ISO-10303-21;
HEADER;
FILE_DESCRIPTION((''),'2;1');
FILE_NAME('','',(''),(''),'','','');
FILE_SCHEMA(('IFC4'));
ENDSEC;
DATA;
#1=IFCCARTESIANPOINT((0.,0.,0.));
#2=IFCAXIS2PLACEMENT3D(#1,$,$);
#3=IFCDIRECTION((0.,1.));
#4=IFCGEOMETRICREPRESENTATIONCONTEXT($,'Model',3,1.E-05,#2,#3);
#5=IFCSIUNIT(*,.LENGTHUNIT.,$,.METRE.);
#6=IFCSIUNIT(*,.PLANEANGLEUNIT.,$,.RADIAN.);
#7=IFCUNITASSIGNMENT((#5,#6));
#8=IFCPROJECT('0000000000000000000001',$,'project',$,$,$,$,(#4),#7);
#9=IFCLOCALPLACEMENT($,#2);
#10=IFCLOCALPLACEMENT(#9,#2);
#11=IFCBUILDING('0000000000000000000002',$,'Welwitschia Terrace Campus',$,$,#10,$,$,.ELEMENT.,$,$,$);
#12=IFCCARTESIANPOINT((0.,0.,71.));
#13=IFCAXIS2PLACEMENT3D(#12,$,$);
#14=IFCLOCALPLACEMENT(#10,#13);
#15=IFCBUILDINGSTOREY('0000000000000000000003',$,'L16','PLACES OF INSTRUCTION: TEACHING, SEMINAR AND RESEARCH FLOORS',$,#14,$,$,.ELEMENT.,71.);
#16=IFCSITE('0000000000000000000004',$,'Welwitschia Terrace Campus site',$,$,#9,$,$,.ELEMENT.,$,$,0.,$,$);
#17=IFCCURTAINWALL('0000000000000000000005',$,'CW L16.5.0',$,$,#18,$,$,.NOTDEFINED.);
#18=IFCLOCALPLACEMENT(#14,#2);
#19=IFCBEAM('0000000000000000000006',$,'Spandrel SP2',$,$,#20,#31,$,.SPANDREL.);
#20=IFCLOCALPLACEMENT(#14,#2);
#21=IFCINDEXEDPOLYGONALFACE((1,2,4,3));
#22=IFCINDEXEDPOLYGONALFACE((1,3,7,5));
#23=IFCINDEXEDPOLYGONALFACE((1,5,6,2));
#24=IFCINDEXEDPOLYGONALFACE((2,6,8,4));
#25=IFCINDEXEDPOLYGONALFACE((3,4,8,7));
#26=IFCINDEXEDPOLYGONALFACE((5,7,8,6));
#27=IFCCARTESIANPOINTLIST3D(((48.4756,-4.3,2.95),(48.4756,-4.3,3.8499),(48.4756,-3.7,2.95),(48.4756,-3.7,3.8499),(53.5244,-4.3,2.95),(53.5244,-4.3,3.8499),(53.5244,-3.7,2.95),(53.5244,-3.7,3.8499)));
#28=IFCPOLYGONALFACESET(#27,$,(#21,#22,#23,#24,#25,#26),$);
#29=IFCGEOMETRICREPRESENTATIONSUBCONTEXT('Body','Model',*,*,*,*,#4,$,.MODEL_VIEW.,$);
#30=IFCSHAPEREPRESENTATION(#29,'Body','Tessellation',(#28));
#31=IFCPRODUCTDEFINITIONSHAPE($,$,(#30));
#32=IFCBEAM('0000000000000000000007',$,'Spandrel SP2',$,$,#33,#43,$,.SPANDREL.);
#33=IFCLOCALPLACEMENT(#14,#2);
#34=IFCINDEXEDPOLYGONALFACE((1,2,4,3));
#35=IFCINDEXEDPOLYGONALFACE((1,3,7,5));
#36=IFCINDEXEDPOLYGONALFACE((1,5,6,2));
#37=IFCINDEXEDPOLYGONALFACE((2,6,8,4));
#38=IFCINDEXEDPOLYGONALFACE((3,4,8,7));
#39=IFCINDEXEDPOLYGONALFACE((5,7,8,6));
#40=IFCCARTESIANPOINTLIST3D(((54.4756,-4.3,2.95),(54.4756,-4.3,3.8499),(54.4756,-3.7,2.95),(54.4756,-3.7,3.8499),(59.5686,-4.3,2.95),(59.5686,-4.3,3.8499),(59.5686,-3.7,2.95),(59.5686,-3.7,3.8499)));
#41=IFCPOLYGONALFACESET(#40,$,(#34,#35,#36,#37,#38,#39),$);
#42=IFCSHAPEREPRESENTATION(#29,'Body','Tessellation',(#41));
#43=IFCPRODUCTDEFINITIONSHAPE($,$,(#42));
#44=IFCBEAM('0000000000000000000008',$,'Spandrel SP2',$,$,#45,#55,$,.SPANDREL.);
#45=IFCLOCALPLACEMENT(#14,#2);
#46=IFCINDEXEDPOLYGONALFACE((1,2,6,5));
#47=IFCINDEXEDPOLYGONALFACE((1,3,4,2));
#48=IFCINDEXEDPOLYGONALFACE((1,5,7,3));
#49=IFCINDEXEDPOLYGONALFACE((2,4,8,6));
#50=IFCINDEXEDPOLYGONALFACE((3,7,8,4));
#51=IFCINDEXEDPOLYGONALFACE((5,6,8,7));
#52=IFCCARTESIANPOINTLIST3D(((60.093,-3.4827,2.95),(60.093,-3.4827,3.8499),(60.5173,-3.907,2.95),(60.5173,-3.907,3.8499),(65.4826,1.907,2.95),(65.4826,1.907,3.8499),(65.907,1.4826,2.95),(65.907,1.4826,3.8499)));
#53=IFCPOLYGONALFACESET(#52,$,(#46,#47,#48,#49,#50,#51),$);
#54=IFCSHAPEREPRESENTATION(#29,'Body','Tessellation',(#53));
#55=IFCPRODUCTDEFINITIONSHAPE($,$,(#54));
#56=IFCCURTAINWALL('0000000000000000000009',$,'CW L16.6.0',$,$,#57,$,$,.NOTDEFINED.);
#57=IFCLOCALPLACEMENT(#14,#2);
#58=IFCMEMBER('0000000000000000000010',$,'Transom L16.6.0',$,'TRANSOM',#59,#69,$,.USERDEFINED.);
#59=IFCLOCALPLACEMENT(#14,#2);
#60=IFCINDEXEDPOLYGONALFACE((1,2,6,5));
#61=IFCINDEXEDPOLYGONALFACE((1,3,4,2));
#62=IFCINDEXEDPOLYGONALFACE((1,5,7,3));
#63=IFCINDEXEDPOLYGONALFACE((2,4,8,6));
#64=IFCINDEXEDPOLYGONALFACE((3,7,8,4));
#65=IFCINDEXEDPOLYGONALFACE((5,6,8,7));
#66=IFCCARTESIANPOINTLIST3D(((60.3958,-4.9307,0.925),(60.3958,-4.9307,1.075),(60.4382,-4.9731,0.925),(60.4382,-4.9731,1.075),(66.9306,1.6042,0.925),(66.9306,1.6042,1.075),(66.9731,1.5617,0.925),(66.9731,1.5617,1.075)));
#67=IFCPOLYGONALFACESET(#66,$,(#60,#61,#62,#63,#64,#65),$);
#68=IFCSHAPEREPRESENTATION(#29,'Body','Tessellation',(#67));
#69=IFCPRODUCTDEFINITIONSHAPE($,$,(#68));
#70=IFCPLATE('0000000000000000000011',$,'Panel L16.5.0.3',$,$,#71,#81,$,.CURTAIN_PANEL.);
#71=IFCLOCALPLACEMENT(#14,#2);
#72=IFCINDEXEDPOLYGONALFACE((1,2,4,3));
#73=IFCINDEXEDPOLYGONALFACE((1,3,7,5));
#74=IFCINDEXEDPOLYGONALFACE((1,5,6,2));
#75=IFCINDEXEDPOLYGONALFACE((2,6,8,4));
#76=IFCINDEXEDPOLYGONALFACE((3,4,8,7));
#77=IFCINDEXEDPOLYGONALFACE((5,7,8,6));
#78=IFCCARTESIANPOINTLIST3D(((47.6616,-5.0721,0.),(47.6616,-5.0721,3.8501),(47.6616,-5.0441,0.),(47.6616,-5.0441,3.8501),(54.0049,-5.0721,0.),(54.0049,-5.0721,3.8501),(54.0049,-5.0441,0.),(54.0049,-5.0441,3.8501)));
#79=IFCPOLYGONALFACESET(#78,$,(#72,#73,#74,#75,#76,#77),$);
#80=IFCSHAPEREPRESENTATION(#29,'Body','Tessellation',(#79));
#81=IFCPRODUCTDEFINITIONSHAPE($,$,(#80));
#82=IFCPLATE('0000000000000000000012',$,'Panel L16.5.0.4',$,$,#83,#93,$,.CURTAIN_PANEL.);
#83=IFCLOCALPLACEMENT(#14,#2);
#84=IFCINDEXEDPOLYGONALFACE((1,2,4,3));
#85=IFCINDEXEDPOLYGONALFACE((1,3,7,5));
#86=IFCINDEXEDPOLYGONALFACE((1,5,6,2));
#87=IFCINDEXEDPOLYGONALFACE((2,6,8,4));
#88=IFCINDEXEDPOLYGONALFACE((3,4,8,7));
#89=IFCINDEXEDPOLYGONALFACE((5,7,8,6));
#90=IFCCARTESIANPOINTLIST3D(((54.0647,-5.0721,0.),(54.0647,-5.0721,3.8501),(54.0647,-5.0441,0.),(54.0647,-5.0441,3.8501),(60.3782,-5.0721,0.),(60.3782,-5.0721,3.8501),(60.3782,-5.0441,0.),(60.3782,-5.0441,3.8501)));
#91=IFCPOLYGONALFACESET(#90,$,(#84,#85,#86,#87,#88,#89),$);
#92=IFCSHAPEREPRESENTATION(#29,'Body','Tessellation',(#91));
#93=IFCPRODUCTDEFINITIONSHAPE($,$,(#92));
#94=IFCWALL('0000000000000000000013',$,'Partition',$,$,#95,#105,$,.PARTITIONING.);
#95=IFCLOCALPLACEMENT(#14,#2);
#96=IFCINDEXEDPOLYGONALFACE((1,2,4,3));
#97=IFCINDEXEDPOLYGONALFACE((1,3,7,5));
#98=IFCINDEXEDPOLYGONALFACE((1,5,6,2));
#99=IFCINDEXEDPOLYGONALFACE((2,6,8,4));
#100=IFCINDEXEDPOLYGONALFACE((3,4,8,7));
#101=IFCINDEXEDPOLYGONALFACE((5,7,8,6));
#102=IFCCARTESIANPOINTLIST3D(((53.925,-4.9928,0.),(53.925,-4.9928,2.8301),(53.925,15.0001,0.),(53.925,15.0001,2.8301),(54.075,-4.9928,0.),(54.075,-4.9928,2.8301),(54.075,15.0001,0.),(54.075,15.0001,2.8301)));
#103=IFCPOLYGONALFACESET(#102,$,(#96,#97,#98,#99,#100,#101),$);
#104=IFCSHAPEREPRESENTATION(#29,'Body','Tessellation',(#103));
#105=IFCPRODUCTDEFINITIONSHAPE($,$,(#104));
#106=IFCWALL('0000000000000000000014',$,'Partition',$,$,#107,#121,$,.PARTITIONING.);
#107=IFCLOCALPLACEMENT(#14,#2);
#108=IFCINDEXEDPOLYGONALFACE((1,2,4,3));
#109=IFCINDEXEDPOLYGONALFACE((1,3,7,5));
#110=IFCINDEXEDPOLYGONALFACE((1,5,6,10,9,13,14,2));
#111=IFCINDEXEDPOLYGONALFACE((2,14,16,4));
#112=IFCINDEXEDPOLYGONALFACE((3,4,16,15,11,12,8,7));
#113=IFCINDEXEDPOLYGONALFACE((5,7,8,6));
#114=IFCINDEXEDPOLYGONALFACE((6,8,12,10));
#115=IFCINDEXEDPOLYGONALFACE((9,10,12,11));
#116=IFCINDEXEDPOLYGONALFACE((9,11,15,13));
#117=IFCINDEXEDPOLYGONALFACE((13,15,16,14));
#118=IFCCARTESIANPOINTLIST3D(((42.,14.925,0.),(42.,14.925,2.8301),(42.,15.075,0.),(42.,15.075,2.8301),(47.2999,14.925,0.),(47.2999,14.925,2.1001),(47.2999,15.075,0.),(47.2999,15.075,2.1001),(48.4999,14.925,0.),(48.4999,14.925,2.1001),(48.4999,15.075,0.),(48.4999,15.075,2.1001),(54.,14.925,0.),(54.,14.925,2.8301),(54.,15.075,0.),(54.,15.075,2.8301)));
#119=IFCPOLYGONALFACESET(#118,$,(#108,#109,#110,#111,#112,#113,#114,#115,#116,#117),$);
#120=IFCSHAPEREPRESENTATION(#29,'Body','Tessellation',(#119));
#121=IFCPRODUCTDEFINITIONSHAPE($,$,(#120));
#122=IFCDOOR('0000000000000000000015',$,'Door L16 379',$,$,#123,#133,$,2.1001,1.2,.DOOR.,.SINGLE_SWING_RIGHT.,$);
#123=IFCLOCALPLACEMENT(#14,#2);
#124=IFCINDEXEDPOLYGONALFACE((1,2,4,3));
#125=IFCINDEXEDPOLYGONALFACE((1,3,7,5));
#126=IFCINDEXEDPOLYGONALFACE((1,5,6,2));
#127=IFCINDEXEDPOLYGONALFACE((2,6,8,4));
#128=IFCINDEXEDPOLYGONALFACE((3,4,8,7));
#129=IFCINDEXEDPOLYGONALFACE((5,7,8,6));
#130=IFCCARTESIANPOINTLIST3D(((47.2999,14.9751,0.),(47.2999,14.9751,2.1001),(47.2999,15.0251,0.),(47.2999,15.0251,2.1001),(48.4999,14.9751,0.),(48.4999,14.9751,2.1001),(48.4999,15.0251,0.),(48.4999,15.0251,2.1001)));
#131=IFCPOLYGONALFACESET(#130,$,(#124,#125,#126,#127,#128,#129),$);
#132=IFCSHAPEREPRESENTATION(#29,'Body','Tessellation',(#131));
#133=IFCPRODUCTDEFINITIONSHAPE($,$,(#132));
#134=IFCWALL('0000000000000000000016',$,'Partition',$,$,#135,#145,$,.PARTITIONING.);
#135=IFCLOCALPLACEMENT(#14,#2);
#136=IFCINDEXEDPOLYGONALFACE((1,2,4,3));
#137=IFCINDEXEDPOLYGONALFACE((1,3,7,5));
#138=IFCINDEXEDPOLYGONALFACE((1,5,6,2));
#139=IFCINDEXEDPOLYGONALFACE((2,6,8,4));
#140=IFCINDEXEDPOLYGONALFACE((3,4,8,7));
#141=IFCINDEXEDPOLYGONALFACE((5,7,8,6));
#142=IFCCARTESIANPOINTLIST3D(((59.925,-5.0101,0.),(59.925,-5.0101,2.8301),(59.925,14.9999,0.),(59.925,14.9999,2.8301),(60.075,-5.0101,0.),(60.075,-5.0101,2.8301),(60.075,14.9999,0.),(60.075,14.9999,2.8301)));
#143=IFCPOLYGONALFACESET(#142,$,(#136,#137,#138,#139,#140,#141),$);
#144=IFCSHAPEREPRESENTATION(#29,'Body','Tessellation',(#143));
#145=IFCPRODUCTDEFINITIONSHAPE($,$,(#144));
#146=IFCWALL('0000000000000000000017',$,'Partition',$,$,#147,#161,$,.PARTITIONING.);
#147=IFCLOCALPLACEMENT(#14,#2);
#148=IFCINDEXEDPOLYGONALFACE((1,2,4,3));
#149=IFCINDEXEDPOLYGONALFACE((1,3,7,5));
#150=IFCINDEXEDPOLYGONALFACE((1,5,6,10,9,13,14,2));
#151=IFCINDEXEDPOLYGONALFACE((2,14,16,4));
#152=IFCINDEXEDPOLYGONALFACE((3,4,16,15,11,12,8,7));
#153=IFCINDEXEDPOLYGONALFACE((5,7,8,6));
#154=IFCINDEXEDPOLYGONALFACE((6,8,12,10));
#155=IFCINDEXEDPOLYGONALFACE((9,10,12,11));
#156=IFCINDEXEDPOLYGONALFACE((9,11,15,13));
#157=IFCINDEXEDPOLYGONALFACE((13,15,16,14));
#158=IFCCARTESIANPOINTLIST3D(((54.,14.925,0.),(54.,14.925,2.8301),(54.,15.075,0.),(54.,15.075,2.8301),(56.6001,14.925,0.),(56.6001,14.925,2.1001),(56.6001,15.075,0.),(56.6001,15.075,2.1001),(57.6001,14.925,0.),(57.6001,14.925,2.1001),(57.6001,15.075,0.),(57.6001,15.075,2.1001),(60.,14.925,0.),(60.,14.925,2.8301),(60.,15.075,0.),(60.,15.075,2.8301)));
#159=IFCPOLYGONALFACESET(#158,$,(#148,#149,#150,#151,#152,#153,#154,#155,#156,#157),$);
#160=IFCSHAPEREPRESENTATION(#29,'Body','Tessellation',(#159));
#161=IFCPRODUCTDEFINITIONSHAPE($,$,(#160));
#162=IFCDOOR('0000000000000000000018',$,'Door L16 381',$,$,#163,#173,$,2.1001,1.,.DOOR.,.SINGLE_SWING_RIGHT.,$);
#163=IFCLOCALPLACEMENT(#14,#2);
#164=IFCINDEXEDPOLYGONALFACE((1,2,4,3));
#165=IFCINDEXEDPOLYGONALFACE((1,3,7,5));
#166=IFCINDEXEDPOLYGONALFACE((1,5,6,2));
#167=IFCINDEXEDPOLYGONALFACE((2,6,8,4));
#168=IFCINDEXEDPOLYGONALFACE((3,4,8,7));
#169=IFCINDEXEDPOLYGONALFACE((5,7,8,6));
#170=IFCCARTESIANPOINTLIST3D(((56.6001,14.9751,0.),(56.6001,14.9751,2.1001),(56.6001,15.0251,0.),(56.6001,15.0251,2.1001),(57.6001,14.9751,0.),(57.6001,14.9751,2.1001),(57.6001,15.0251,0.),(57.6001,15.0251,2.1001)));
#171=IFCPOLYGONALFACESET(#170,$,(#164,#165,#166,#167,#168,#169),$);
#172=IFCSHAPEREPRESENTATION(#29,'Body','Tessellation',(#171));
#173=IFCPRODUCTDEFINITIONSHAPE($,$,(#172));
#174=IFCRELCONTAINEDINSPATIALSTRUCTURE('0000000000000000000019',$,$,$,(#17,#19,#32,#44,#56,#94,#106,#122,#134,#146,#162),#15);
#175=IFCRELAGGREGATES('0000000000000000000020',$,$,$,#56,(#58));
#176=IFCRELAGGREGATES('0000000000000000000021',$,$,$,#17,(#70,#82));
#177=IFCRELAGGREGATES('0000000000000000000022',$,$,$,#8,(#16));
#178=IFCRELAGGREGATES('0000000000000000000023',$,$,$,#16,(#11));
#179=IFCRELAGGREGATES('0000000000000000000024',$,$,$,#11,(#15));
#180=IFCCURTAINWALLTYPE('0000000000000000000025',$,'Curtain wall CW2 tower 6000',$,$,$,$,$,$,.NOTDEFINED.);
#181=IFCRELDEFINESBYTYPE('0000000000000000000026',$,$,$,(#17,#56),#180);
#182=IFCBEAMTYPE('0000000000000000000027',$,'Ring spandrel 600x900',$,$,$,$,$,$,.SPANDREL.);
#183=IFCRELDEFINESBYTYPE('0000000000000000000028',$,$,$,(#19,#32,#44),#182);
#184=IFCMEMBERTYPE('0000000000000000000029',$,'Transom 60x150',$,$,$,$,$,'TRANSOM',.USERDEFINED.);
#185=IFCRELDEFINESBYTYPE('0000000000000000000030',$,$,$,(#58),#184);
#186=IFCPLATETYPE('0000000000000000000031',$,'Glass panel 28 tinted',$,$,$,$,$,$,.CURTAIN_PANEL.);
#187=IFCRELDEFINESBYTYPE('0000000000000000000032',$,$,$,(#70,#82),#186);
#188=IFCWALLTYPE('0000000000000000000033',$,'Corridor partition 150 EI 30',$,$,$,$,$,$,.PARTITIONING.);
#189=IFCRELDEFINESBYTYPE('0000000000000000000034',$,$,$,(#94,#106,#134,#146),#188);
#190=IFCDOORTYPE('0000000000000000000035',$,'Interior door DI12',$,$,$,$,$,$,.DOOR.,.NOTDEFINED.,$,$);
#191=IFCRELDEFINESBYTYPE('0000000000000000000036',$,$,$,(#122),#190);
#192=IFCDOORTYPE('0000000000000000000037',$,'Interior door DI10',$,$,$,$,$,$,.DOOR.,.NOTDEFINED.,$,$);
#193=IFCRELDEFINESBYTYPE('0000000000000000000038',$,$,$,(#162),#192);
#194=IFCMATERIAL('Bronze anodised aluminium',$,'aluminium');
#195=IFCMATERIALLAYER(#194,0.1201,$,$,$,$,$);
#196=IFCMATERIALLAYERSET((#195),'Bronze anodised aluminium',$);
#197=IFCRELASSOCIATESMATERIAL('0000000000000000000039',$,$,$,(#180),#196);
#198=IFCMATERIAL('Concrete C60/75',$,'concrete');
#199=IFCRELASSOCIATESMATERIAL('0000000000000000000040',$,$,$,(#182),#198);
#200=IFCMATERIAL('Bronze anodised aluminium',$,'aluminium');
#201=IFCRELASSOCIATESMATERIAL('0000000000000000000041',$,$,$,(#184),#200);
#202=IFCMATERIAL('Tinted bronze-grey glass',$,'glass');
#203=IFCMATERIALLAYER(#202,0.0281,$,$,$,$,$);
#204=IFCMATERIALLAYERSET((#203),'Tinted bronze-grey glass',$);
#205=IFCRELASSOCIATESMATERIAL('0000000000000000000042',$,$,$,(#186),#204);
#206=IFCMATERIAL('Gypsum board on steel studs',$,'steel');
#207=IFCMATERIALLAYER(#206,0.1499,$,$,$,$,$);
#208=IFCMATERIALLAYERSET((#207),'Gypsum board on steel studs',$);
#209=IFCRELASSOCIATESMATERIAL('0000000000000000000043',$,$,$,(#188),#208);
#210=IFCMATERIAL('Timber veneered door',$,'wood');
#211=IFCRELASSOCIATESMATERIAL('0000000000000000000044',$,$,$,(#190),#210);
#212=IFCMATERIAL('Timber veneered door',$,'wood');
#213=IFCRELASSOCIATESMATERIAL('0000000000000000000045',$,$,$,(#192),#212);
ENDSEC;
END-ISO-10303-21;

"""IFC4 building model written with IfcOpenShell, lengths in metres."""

from ifc_helpers import new_model, si_unit, direction, frame, frame_2d, origin, origin_2d, place, context, subcontext, project, spatial, rectangle, extrude, material, layer, layer_set, material_profile, profile_set, type_object, element, fill, aggregate, save


model = new_model("IFC4")

# Units and contexts
model_context = context("Model", 3, precision=1e-05, world=origin(), true_north=direction((0.0, 1.0)))
body_context = subcontext(model_context, "Body", "Model", "MODEL_VIEW")
ifc_project = project(units=[si_unit("LENGTHUNIT", "METRE"), si_unit("PLANEANGLEUNIT", "RADIAN")], contexts=[model_context])

# Site, building, storey
site_placement = place(None, origin())
site = spatial("IfcSite", under=ifc_project, at=site_placement, Name="Welwitschia Terrace Campus site", CompositionType="ELEMENT", RefElevation=0.0)
building_placement = place(site_placement, origin())
building = spatial("IfcBuilding", under=site, at=building_placement, Name="Welwitschia Terrace Campus", CompositionType="ELEMENT")
storey_placement = place(building_placement, frame((0.0, 0.0, 71.0)))
storey = spatial("IfcBuildingStorey", under=building, at=storey_placement, Name="L16", Description="PLACES OF INSTRUCTION: TEACHING, SEMINAR AND RESEARCH FLOORS", CompositionType="ELEMENT", Elevation=71.0)

# Curtain wall
ifc_material_1 = material(Name="Bronze anodised aluminium", Category="aluminium")
ifc_layer_1 = layer(ifc_material_1, 0.1201)
ifc_layer_set_1 = layer_set([ifc_layer_1], Name="Bronze anodised aluminium")
curtain_wall_type = type_object("IfcCurtainWallType", Name="Curtain wall CW2 tower 6000", PredefinedType="NOTDEFINED", material=ifc_layer_set_1)
curtain_wall_1_placement = place(storey_placement, origin())
curtain_wall_1 = element("IfcCurtainWall", 1, at=curtain_wall_1_placement, inside=storey, type_object=curtain_wall_type, Name="CW L16.5.0", PredefinedType="NOTDEFINED")

# Beams
ifc_material_2 = material(Name="Concrete C60/75", Category="concrete")
ifc_material_profile_1 = material_profile(ifc_material_2, rectangle(XDim=0.6001, YDim=0.8999, at=origin_2d()))
ifc_profile_set_1 = profile_set([ifc_material_profile_1], Name="Concrete C60/75")
beam_type_1 = type_object("IfcBeamType", Name="Ring spandrel 600x900", PredefinedType="SPANDREL", material=ifc_profile_set_1)
beam_1_placement = place(storey_placement, frame((48.4756, -4.0, 3.3999), z_axis=(1.0, 0.0, 0.0), x_axis=(0.0, 1.0, 0.0)))
element("IfcBeam", 2, at=beam_1_placement, inside=storey, type_object=beam_type_1, Name="Spandrel SP2", PredefinedType="SPANDREL", context=body_context, shape_type="SweptSolid", body=[
    extrude(rectangle(XDim=0.6001, YDim=0.8999, at=origin_2d()), origin(), (0.0, 0.0, 1.0), 5.0488),
])
beam_2_placement = place(storey_placement, frame((54.4756, -4.0, 3.3999), z_axis=(1.0, 0.0, 0.0), x_axis=(0.0, 1.0, 0.0)))
element("IfcBeam", 3, at=beam_2_placement, inside=storey, type_object=beam_type_1, Name="Spandrel SP2", PredefinedType="SPANDREL", context=body_context, shape_type="SweptSolid", body=[
    extrude(rectangle(XDim=0.6001, YDim=0.8999, at=origin_2d()), origin(), (0.0, 0.0, 1.0), 5.093),
])
beam_3_placement = place(storey_placement, frame((60.3052, -3.6948, 3.3999), z_axis=(0.707107, 0.707107, 0.0), x_axis=(-0.707107, 0.707107, 0.0)))
element("IfcBeam", 4, at=beam_3_placement, inside=storey, type_object=beam_type_1, Name="Spandrel SP2", PredefinedType="SPANDREL", context=body_context, shape_type="SweptSolid", body=[
    extrude(rectangle(XDim=0.6001, YDim=0.8999, at=origin_2d()), origin(), (0.0, 0.0, 1.0), 7.6221),
])

# Curtain wall, member
curtain_wall_2_placement = place(storey_placement, origin())
curtain_wall_2 = element("IfcCurtainWall", 5, at=curtain_wall_2_placement, inside=storey, type_object=curtain_wall_type, Name="CW L16.6.0", PredefinedType="NOTDEFINED")
ifc_material_3 = material(Name="Bronze anodised aluminium", Category="aluminium")
ifc_material_profile_2 = material_profile(ifc_material_3, rectangle(XDim=0.0601, YDim=0.1499, at=origin_2d()))
ifc_profile_set_2 = profile_set([ifc_material_profile_2], Name="Bronze anodised aluminium")
member_type_1 = type_object("IfcMemberType", Name="Transom 60x150", ElementType="TRANSOM", PredefinedType="USERDEFINED", material=ifc_profile_set_2)
member_1_placement = place(storey_placement, frame((60.417, -4.9519, 1.0), z_axis=(0.707107, 0.707107, 0.0), x_axis=(-0.707107, 0.707107, 0.0)))
member_1 = element("IfcMember", 6, at=member_1_placement, type_object=member_type_1, Name="Transom L16.6.0", ObjectType="TRANSOM", PredefinedType="USERDEFINED", context=body_context, shape_type="SweptSolid", body=[
    extrude(rectangle(XDim=0.0601, YDim=0.1499, at=origin_2d()), origin(), (0.0, 0.0, 1.0), 9.2417),
])
aggregate(curtain_wall_2, [member_1])

# Plates
ifc_material_4 = material(Name="Tinted bronze-grey glass", Category="glass")
ifc_layer_2 = layer(ifc_material_4, 0.0281)
ifc_layer_set_2 = layer_set([ifc_layer_2], Name="Tinted bronze-grey glass")
plate_type = type_object("IfcPlateType", Name="Glass panel 28 tinted", PredefinedType="CURTAIN_PANEL", material=ifc_layer_set_2)
plate_1_placement = place(storey_placement, frame((50.8333, -5.0581, 0.0), z_axis=(0.0, 0.0, 1.0), x_axis=(1.0, 0.0, 0.0)))
plate_1 = element("IfcPlate", 7, at=plate_1_placement, type_object=plate_type, Name="Panel L16.5.0.3", PredefinedType="CURTAIN_PANEL", context=body_context, shape_type="SweptSolid", body=[
    extrude(rectangle(XDim=6.3433, YDim=0.0281, at=origin_2d()), origin(), (0.0, 0.0, 1.0), 3.8501),
])
plate_2_placement = place(storey_placement, frame((57.2214, -5.0581, 0.0), z_axis=(0.0, 0.0, 1.0), x_axis=(1.0, 0.0, 0.0)))
plate_2 = element("IfcPlate", 8, at=plate_2_placement, type_object=plate_type, Name="Panel L16.5.0.4", PredefinedType="CURTAIN_PANEL", context=body_context, shape_type="SweptSolid", body=[
    extrude(rectangle(XDim=6.3135, YDim=0.0281, at=origin_2d()), origin(), (0.0, 0.0, 1.0), 3.8501),
])
aggregate(curtain_wall_1, [plate_1, plate_2])

# Wall
ifc_material_5 = material(Name="Gypsum board on steel studs", Category="steel")
ifc_layer_3 = layer(ifc_material_5, 0.1499)
ifc_layer_set_3 = layer_set([ifc_layer_3], Name="Gypsum board on steel studs")
wall_type = type_object("IfcWallType", Name="Corridor partition 150 EI 30", PredefinedType="PARTITIONING", material=ifc_layer_set_3)
wall_1_placement = place(storey_placement, frame((54.0, -4.9929, 0.0), z_axis=(0.0, 0.0, 1.0), x_axis=(0.0, 1.0, 0.0)))
element("IfcWall", 9, at=wall_1_placement, inside=storey, type_object=wall_type, Name="Partition", PredefinedType="PARTITIONING", context=body_context, shape_type="SweptSolid", body=[
    extrude(rectangle(XDim=19.9929, YDim=0.1499, at=frame_2d((9.9966, 0.0))), origin(), (0.0, 0.0, 1.0), 2.8301),
])

# Wall, opening, door
wall_2_placement = place(storey_placement, frame((54.0, 15.0, 0.0), z_axis=(0.0, 0.0, 1.0), x_axis=(-1.0, 0.0, 0.0)))
wall_2 = element("IfcWall", 10, at=wall_2_placement, inside=storey, type_object=wall_type, Name="Partition", PredefinedType="PARTITIONING", context=body_context, shape_type="SweptSolid", body=[
    extrude(rectangle(XDim=12.0, YDim=0.1499, at=frame_2d((6.0, 0.0))), origin(), (0.0, 0.0, 1.0), 2.8301),
])
opening_1_placement = place(wall_2_placement, frame((5.5, 0.0, 0.0)))
opening_1 = element("IfcOpeningElement", 11, at=opening_1_placement, cuts=wall_2, PredefinedType="OPENING", context=body_context, shape_type="SweptSolid", body=[
    extrude(rectangle(XDim=1.2, YDim=2.1001, at=frame_2d((0.6001, 1.05))), frame((0.0, 0.085, 0.0), z_axis=(0.0, -1.0, 0.0), x_axis=(1.0, 0.0, 0.0)), (0.0, 0.0, 1.0), 0.1699),
])
ifc_material_6 = material(Name="Timber veneered door", Category="wood")
door_type_1 = type_object("IfcDoorType", Name="Interior door DI12", OperationType="NOTDEFINED", PredefinedType="DOOR", material=ifc_material_6)
door_1_placement = place(opening_1_placement, origin())
door_1 = element("IfcDoor", 12, at=door_1_placement, inside=storey, type_object=door_type_1, Name="Door L16 379", OperationType="SINGLE_SWING_RIGHT", OverallHeight=2.1001, OverallWidth=1.2, PredefinedType="DOOR", context=body_context, shape_type="SweptSolid", body=[
    extrude(rectangle(XDim=1.2, YDim=2.1001, at=frame_2d((0.6001, 1.05))), frame((0.0, 0.0249, 0.0), z_axis=(0.0, -1.0, 0.0), x_axis=(1.0, 0.0, 0.0)), (0.0, 0.0, 1.0), 0.05),
])
fill(opening_1, door_1)

# Wall
wall_3_placement = place(storey_placement, frame((60.0, -5.01, 0.0), z_axis=(0.0, 0.0, 1.0), x_axis=(0.0, 1.0, 0.0)))
element("IfcWall", 13, at=wall_3_placement, inside=storey, type_object=wall_type, Name="Partition", PredefinedType="PARTITIONING", context=body_context, shape_type="SweptSolid", body=[
    extrude(rectangle(XDim=20.01, YDim=0.1499, at=frame_2d((10.0049, 0.0))), origin(), (0.0, 0.0, 1.0), 2.8301),
])

# Wall, opening, door
wall_4_placement = place(storey_placement, frame((60.0, 15.0, 0.0), z_axis=(0.0, 0.0, 1.0), x_axis=(-1.0, 0.0, 0.0)))
wall_4 = element("IfcWall", 14, at=wall_4_placement, inside=storey, type_object=wall_type, Name="Partition", PredefinedType="PARTITIONING", context=body_context, shape_type="SweptSolid", body=[
    extrude(rectangle(XDim=6.0, YDim=0.1499, at=frame_2d((3.0, 0.0))), origin(), (0.0, 0.0, 1.0), 2.8301),
])
opening_2_placement = place(wall_4_placement, frame((2.3999, 0.0, 0.0)))
opening_2 = element("IfcOpeningElement", 15, at=opening_2_placement, cuts=wall_4, PredefinedType="OPENING", context=body_context, shape_type="SweptSolid", body=[
    extrude(rectangle(XDim=1.0, YDim=2.1001, at=frame_2d((0.5, 1.05))), frame((0.0, 0.085, 0.0), z_axis=(0.0, -1.0, 0.0), x_axis=(1.0, 0.0, 0.0)), (0.0, 0.0, 1.0), 0.1699),
])
ifc_material_7 = material(Name="Timber veneered door", Category="wood")
door_type_2 = type_object("IfcDoorType", Name="Interior door DI10", OperationType="NOTDEFINED", PredefinedType="DOOR", material=ifc_material_7)
door_2_placement = place(opening_2_placement, origin())
door_2 = element("IfcDoor", 16, at=door_2_placement, inside=storey, type_object=door_type_2, Name="Door L16 381", OperationType="SINGLE_SWING_RIGHT", OverallHeight=2.1001, OverallWidth=1.0, PredefinedType="DOOR", context=body_context, shape_type="SweptSolid", body=[
    extrude(rectangle(XDim=1.0, YDim=2.1001, at=frame_2d((0.5, 1.05))), frame((0.0, 0.0249, 0.0), z_axis=(0.0, -1.0, 0.0), x_axis=(1.0, 0.0, 0.0)), (0.0, 0.0, 1.0), 0.05),
])
fill(opening_2, door_2)

save(model, "model.ifc")
